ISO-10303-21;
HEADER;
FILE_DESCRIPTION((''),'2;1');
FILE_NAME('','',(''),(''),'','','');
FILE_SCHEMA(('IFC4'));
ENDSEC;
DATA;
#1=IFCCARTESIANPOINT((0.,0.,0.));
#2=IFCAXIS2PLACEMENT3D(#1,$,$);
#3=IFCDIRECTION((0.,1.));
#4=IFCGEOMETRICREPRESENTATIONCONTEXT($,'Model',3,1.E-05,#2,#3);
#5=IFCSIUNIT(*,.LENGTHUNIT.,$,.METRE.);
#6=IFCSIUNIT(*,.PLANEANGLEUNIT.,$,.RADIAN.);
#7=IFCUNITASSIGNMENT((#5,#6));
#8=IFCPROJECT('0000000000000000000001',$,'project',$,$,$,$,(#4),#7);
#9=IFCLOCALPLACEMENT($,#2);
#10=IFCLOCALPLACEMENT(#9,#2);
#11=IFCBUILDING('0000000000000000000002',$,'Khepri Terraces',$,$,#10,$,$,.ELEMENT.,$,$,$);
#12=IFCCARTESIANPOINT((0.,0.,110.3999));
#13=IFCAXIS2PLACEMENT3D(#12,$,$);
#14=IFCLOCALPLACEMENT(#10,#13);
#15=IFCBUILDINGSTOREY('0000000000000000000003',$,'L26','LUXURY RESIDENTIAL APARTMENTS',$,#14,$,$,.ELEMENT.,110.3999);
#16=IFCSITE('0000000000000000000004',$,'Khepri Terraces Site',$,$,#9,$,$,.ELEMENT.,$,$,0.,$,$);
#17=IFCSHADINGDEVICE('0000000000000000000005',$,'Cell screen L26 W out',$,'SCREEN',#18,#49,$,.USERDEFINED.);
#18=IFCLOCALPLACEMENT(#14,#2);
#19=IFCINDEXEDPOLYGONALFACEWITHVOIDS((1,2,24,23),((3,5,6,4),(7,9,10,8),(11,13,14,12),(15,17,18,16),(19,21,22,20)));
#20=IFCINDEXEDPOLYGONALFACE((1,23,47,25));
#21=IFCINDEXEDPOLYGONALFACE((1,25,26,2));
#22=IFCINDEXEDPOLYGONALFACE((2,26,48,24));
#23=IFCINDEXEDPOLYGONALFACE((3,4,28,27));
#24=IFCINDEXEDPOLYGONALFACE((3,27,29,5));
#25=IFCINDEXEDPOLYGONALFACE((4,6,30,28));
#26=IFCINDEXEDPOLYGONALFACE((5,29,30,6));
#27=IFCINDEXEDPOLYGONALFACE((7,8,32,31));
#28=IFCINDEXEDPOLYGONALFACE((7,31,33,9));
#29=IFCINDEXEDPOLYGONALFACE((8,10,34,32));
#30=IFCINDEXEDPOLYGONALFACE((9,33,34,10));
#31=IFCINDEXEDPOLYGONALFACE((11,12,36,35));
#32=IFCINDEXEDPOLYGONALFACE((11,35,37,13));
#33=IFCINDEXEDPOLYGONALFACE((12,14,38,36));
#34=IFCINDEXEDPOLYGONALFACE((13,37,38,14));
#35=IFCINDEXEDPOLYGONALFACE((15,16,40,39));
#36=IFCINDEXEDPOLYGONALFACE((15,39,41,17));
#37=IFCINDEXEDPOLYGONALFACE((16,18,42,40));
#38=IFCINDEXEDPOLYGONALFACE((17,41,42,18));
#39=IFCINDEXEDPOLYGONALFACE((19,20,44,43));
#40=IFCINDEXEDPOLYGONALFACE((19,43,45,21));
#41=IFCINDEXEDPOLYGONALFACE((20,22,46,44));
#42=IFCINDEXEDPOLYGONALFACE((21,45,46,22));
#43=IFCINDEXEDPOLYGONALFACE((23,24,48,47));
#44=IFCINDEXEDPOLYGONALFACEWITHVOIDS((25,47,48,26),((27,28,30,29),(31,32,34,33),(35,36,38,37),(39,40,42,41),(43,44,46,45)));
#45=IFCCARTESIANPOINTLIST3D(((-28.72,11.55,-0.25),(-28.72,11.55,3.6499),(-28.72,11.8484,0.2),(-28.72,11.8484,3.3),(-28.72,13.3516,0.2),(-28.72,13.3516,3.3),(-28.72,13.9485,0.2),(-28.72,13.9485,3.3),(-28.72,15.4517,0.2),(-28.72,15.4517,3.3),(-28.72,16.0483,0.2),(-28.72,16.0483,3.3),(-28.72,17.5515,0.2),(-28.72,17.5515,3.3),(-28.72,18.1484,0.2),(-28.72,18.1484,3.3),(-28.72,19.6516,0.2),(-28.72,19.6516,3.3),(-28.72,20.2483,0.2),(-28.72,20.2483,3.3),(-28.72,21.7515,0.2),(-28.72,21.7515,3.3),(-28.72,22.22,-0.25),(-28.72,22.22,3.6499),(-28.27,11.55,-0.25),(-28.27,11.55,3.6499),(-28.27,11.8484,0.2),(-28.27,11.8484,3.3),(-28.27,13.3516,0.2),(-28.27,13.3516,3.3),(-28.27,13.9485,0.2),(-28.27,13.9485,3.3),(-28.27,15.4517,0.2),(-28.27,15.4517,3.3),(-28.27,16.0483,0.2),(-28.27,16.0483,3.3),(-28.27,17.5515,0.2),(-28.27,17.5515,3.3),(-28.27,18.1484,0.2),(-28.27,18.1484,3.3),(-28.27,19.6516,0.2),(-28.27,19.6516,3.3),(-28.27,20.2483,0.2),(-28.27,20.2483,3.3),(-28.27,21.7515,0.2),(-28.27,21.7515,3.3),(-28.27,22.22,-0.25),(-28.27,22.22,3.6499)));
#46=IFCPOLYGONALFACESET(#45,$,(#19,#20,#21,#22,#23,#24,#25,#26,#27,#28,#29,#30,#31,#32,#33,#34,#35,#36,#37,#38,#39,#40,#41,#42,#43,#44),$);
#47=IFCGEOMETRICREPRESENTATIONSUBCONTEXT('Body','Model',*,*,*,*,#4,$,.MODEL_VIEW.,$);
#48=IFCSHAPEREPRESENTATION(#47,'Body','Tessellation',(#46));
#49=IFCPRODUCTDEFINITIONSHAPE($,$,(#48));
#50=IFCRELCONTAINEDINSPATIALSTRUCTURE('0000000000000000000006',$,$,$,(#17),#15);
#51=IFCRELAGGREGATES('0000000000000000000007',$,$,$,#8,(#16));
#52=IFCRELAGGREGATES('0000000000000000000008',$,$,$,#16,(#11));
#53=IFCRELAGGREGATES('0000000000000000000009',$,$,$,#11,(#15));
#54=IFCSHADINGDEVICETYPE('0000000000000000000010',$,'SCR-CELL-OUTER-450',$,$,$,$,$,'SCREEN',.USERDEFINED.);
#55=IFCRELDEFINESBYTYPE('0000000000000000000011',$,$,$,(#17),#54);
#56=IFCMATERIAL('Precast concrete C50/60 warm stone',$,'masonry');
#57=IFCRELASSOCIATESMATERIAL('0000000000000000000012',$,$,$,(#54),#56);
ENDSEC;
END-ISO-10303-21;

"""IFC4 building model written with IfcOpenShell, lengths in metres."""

from ifc_helpers import new_model, si_unit, direction, frame, origin, place, context, subcontext, project, spatial, polyline, outline, extrude, material, type_object, element, save


model = new_model("IFC4")

# Units and contexts
model_context = context("Model", 3, precision=1e-05, world=origin(), true_north=direction((0.0, 1.0)))
body_context = subcontext(model_context, "Body", "Model", "MODEL_VIEW")
ifc_project = project(units=[si_unit("LENGTHUNIT", "METRE"), si_unit("PLANEANGLEUNIT", "RADIAN")], contexts=[model_context])

# Site, building, storey
site_placement = place(None, origin())
site = spatial("IfcSite", under=ifc_project, at=site_placement, Name="Khepri Terraces Site", CompositionType="ELEMENT", RefElevation=0.0)
building_placement = place(site_placement, origin())
building = spatial("IfcBuilding", under=site, at=building_placement, Name="Khepri Terraces", CompositionType="ELEMENT")
storey_placement = place(building_placement, frame((0.0, 0.0, 110.3999)))
storey = spatial("IfcBuildingStorey", under=building, at=storey_placement, Name="L26", Description="LUXURY RESIDENTIAL APARTMENTS", CompositionType="ELEMENT", Elevation=110.3999)

# Shared definitions
ifc_material_1 = material(Name="Precast concrete C50/60 warm stone", Category="masonry")

# Shading device
shading_device_type_1 = type_object("IfcShadingDeviceType", Name="SCR-CELL-OUTER-450", ElementType="SCREEN", PredefinedType="USERDEFINED", material=ifc_material_1)
shading_device_1_placement = place(storey_placement, frame((-28.27, 22.22, -0.25), z_axis=(-1.0, 0.0, 0.0), x_axis=(0.0, -1.0, 0.0)))
element("IfcShadingDevice", 1, at=shading_device_1_placement, inside=storey, type_object=shading_device_type_1, Name="Cell screen L26 W out", ObjectType="SCREEN", PredefinedType="USERDEFINED", context=body_context, shape_type="SweptSolid", body=[
    extrude(outline(polyline([(0.0, 0.0), (10.6699, 0.0), (10.6699, 3.8999), (0.0, 3.8999), (0.0, 0.0)]), holes=[polyline([(0.4685, 0.45), (1.9717, 0.45), (1.9717, 3.55), (0.4685, 3.55), (0.4685, 0.45)]), polyline([(2.5684, 0.45), (4.0715, 0.45), (4.0715, 3.55), (2.5684, 3.55), (2.5684, 0.45)]), polyline([(4.6685, 0.45), (6.1716, 0.45), (6.1716, 3.55), (4.6685, 3.55), (4.6685, 0.45)]), polyline([(6.7683, 0.45), (8.2715, 0.45), (8.2715, 3.55), (6.7683, 3.55), (6.7683, 0.45)]), polyline([(8.8684, 0.45), (10.3716, 0.45), (10.3716, 3.55), (8.8684, 3.55), (8.8684, 0.45)])]), origin(), (0.0, 0.0, 1.0), 0.45),
])

save(model, "model.ifc")
